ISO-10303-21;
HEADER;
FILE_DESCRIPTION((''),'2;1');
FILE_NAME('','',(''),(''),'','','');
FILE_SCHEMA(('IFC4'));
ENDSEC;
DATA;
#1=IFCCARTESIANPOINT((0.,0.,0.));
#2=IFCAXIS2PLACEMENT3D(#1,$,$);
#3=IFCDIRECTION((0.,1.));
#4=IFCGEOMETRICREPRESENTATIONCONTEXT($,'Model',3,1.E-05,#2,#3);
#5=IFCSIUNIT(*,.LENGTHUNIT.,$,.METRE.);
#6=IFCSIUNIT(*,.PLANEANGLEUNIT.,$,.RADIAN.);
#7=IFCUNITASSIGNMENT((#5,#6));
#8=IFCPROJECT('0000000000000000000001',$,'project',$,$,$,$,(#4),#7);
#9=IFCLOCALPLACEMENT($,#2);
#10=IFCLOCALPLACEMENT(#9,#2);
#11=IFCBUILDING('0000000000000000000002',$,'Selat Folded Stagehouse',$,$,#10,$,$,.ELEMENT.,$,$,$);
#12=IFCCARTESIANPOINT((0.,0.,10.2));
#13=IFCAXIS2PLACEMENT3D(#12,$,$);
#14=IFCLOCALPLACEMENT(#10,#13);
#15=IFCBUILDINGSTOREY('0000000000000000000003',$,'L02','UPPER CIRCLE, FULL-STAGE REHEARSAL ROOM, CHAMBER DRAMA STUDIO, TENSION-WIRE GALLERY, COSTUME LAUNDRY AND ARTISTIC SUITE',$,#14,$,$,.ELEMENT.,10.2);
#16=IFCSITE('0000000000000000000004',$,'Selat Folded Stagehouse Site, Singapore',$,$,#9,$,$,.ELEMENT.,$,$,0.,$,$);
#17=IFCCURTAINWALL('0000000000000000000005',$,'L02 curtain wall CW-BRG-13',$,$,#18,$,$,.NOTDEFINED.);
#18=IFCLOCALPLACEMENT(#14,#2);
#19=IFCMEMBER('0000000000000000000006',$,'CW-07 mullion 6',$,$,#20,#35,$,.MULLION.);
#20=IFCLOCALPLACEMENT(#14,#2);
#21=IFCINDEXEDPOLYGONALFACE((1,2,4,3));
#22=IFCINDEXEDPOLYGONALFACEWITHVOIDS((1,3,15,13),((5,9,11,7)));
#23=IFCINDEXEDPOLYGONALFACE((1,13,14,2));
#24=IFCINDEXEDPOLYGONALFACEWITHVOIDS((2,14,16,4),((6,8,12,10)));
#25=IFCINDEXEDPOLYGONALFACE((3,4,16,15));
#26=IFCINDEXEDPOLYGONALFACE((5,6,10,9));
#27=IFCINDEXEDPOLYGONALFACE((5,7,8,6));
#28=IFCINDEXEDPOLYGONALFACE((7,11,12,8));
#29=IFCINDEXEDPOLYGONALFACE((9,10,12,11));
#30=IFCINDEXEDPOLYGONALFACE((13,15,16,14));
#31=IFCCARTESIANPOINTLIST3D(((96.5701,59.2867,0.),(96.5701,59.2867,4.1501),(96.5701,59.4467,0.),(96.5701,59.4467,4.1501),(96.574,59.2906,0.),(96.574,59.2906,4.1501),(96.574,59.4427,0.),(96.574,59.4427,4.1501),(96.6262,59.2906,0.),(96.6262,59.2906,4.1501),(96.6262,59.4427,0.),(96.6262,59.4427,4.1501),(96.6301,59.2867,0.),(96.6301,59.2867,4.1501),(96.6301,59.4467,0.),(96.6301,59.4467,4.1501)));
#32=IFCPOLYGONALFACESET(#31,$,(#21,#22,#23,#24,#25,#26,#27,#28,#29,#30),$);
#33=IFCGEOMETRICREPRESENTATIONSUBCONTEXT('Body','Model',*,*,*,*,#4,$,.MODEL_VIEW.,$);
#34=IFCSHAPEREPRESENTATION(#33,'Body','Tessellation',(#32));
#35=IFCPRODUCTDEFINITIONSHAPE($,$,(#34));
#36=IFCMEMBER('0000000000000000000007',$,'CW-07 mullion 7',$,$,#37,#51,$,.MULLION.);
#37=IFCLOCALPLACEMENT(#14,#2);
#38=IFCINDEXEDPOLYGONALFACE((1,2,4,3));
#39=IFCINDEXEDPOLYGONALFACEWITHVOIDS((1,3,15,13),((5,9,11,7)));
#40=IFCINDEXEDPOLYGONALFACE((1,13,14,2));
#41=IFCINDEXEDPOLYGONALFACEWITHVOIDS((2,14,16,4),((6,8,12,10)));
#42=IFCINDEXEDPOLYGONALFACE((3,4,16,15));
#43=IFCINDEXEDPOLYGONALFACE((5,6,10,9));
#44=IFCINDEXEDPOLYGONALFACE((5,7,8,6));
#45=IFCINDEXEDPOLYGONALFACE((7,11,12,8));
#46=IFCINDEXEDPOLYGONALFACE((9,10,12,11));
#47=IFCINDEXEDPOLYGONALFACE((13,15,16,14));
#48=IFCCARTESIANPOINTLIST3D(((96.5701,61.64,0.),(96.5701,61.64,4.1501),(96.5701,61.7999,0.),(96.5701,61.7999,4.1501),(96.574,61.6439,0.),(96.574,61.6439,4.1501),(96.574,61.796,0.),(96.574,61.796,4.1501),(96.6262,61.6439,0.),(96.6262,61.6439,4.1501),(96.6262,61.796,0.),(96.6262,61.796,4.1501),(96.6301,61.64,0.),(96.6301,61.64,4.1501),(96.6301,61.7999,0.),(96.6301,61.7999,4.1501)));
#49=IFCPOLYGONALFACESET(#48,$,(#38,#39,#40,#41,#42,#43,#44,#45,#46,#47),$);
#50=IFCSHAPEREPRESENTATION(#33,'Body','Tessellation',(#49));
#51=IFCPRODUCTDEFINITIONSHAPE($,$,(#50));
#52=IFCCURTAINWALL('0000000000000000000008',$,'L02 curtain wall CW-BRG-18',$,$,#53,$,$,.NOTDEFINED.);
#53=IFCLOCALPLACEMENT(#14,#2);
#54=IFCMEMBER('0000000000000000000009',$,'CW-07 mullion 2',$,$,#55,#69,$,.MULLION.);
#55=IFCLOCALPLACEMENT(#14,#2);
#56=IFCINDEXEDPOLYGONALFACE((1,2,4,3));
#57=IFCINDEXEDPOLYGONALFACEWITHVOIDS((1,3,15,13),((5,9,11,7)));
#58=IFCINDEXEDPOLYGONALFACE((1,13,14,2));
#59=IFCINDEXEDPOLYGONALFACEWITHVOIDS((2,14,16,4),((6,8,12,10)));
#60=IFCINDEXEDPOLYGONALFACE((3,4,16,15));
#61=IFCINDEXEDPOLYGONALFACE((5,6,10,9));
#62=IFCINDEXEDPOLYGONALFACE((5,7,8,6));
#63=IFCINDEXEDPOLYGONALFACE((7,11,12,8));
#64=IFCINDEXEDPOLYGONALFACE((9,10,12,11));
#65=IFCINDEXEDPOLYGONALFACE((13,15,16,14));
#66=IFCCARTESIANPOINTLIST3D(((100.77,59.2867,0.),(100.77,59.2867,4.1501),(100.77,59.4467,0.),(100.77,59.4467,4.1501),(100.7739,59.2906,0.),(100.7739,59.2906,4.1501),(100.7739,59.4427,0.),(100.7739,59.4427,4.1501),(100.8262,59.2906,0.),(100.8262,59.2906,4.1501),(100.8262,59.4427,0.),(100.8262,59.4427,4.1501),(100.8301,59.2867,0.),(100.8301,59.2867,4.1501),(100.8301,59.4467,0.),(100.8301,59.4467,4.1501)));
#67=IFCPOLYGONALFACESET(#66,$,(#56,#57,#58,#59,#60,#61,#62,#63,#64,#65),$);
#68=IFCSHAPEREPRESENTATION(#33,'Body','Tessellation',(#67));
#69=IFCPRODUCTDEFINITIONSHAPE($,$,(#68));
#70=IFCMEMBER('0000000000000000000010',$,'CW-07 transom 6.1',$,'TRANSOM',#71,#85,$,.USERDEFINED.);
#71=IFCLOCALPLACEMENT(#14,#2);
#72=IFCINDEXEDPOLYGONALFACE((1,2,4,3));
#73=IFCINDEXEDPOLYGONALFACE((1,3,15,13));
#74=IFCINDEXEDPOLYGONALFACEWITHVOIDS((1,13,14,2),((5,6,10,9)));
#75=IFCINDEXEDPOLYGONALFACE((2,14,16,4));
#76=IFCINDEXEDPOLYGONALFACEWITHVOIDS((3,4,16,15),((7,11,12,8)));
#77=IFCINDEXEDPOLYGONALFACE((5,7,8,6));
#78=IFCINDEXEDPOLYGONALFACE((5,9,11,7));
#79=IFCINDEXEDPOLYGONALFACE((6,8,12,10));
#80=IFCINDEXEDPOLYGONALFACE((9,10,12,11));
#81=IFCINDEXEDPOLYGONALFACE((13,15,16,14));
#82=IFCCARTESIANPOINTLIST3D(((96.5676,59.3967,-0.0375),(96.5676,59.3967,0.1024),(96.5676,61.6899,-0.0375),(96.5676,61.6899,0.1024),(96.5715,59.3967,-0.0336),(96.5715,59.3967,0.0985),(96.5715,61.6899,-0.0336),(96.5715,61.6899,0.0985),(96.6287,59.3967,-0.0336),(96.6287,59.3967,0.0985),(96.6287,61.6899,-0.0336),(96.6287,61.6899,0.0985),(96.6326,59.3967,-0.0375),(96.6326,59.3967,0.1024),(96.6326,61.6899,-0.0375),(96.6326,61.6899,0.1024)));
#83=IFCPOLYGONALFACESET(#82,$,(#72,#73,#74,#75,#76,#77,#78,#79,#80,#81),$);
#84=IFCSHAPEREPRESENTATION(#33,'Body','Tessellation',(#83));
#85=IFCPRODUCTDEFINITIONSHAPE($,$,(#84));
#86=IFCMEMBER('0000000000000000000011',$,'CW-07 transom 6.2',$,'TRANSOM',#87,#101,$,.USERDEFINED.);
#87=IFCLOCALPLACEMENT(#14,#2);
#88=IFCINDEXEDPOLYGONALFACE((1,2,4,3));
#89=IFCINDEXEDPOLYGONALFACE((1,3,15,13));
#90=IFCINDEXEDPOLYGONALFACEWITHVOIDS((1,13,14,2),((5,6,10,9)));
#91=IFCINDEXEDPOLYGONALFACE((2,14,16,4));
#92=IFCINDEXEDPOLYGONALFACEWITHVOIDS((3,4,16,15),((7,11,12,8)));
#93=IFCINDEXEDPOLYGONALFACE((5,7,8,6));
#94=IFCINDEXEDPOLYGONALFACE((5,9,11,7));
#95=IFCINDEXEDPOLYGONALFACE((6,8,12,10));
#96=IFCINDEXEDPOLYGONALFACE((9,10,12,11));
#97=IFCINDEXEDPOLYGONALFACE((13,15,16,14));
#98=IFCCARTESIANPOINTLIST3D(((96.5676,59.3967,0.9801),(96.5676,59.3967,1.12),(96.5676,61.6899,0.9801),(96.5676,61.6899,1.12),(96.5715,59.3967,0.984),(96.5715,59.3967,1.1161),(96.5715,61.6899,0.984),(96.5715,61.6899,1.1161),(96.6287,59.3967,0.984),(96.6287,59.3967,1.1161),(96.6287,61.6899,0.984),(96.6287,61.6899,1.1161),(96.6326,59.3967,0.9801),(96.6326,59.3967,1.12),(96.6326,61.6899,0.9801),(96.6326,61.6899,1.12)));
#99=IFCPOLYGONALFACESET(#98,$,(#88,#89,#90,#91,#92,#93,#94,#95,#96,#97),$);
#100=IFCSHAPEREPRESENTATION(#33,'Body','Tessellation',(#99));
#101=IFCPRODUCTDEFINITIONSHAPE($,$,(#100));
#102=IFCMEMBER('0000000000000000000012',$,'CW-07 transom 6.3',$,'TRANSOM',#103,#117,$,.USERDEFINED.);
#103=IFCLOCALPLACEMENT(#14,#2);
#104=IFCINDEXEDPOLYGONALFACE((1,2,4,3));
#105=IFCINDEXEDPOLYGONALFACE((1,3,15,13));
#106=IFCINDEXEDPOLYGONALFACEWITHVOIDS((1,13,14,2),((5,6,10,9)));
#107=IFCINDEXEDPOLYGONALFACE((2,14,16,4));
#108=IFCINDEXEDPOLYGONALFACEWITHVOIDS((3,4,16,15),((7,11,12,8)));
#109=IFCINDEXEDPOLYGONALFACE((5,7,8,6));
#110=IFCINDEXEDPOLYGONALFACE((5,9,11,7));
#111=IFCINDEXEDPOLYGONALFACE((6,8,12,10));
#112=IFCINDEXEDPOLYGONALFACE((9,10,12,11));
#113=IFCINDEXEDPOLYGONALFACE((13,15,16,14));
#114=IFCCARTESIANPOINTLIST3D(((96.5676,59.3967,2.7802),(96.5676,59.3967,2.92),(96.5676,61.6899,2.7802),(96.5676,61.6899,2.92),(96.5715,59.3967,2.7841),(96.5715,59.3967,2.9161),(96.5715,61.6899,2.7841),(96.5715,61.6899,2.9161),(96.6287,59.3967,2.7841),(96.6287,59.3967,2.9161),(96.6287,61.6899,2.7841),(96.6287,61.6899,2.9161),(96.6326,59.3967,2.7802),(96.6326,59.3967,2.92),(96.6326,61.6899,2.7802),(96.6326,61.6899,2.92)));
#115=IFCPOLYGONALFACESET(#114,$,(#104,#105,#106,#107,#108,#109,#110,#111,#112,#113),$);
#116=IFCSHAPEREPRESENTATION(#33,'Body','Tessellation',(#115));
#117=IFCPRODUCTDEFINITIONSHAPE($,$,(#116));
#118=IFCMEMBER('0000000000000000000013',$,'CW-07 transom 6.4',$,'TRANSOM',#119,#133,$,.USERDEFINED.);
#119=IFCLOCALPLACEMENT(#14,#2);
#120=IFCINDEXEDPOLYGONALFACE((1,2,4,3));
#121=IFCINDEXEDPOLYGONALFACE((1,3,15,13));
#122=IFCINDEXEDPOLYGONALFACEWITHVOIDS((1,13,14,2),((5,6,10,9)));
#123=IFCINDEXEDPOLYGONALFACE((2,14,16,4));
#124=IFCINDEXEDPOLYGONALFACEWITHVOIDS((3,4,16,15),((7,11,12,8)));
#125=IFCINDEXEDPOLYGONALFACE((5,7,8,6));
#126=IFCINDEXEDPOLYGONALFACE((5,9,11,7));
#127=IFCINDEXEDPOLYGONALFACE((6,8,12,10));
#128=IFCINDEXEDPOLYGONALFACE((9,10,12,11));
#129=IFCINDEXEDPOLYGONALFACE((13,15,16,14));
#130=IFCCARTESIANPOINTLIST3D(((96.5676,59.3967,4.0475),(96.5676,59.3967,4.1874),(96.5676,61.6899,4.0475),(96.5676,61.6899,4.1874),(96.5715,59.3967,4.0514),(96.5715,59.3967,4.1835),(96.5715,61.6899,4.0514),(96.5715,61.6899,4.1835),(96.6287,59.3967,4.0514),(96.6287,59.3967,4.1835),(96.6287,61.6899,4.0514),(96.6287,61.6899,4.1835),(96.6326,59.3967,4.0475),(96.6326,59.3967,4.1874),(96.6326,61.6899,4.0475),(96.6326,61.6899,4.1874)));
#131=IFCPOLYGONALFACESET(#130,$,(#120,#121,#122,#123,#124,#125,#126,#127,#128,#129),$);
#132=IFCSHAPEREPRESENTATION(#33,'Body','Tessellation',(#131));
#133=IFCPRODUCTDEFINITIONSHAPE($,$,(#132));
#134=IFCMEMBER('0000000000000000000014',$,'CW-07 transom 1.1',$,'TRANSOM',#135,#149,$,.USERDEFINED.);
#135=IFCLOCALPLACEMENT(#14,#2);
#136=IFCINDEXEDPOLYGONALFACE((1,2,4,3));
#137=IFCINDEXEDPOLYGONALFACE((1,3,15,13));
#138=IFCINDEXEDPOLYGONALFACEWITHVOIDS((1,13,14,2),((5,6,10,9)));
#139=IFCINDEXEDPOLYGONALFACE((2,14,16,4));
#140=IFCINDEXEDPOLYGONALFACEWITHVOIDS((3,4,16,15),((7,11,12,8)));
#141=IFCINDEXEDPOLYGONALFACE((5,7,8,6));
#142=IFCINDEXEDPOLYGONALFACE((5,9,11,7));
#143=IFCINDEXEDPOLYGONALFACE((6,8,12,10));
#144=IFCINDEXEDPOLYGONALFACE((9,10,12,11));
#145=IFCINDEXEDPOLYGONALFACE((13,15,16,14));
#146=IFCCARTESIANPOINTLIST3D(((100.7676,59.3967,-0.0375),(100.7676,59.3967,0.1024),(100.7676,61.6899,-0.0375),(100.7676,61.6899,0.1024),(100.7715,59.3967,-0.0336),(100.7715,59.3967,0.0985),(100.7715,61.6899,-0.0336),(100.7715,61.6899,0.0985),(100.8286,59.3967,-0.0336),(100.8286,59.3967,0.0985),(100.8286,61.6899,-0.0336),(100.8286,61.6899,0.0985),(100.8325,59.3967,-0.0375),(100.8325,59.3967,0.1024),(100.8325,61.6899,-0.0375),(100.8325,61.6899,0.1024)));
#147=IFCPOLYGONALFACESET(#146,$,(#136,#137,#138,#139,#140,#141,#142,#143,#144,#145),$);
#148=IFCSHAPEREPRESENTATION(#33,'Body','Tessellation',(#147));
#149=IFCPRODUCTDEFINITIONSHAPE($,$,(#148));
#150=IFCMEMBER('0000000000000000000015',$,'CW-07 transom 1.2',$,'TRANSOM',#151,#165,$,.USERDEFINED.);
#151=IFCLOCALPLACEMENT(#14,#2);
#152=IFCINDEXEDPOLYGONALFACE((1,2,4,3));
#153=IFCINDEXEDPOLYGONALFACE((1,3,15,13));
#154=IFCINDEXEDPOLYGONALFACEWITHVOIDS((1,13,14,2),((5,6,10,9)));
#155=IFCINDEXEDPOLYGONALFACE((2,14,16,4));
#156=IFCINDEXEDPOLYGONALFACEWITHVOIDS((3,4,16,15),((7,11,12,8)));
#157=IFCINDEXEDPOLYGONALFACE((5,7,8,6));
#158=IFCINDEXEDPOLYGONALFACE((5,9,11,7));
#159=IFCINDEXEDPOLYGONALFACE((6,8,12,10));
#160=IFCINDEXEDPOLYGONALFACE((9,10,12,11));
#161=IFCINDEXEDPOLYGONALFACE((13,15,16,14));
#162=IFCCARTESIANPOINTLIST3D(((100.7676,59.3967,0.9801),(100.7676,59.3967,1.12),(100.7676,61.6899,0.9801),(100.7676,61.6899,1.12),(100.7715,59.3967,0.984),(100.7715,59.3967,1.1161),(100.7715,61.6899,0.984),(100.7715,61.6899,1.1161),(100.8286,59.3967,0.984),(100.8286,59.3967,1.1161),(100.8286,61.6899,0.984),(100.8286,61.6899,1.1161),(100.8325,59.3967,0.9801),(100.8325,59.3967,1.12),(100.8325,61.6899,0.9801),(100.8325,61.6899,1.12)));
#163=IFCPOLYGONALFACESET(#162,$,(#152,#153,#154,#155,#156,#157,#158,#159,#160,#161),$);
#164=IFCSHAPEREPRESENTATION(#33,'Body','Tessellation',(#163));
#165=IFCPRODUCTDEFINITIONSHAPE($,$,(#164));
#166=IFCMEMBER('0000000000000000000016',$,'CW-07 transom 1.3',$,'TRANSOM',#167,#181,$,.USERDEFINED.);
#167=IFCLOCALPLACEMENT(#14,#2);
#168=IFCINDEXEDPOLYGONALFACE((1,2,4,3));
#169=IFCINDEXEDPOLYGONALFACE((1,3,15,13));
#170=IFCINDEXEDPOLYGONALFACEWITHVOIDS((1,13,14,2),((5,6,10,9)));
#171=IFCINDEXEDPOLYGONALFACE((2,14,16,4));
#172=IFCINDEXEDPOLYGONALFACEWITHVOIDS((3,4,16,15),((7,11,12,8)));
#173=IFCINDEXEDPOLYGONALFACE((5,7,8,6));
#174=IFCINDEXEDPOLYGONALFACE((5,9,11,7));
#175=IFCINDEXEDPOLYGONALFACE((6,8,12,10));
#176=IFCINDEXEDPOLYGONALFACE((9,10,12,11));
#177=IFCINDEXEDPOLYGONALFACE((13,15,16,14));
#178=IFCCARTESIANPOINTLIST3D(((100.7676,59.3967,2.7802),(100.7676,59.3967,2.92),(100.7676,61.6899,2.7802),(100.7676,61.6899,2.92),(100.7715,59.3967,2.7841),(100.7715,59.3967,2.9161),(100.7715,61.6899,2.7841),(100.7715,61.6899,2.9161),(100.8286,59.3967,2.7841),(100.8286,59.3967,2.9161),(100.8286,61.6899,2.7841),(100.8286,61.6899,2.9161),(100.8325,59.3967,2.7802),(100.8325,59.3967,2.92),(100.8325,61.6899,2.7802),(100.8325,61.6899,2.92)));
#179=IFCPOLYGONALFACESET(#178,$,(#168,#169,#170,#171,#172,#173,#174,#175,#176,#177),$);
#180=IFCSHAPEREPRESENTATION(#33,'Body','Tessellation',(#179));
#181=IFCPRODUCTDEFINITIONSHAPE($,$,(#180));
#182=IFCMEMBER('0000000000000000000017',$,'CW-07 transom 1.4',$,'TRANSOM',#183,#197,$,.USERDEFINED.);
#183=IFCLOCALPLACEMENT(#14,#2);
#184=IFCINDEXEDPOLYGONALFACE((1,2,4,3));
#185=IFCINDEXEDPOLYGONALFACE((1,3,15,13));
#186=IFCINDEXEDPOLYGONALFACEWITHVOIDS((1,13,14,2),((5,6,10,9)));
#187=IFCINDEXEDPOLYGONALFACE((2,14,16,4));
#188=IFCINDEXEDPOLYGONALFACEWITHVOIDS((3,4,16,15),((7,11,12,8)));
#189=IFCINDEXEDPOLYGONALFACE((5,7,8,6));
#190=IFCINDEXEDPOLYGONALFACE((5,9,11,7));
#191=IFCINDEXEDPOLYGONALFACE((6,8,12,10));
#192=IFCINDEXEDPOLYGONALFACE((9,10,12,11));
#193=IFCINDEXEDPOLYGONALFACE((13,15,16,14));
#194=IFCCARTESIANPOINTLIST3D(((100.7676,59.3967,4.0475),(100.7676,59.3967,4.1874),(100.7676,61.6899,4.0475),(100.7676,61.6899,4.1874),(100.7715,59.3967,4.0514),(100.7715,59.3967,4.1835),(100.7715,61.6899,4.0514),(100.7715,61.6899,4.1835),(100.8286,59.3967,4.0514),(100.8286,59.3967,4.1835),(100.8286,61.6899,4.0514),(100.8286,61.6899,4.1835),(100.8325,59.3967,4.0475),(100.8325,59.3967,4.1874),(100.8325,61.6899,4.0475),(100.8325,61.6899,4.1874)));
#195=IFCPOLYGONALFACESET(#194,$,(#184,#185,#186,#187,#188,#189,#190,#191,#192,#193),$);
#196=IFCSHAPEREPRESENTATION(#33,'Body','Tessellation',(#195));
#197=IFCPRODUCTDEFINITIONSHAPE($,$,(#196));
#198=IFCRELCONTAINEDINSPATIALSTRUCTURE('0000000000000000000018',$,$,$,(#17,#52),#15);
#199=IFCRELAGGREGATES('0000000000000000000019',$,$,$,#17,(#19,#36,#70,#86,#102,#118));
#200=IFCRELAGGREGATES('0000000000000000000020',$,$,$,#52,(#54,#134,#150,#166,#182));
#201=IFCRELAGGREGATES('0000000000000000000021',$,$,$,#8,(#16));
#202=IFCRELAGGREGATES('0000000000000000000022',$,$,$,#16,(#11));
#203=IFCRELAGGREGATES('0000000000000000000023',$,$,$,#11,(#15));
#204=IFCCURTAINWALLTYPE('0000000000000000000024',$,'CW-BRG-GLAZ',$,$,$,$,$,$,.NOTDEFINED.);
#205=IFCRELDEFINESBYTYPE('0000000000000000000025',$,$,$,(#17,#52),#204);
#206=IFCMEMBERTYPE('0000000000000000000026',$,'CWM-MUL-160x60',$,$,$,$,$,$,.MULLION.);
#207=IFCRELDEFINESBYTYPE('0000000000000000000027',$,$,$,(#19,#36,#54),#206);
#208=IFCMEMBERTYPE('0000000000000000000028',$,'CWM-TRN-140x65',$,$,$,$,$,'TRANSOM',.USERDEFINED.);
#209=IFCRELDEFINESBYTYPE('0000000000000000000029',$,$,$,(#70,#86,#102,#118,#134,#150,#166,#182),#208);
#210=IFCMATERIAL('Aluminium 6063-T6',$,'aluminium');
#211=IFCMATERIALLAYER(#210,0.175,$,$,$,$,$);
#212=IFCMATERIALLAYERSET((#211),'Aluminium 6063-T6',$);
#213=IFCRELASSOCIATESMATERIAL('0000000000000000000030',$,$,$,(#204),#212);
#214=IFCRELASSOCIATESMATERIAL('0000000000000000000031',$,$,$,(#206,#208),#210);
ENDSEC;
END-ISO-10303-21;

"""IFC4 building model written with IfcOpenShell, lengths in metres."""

from ifc_helpers import new_model, si_unit, direction, frame, origin, origin_2d, place, context, subcontext, project, spatial, hollow_rectangle, extrude, material, layer, layer_set, material_profile, profile_set, type_object, element, aggregate, save


model = new_model("IFC4")

# Units and contexts
model_context = context("Model", 3, precision=1e-05, world=origin(), true_north=direction((0.0, 1.0)))
body_context = subcontext(model_context, "Body", "Model", "MODEL_VIEW")
ifc_project = project(units=[si_unit("LENGTHUNIT", "METRE"), si_unit("PLANEANGLEUNIT", "RADIAN")], contexts=[model_context])

# Site, building, storey
site_placement = place(None, origin())
site = spatial("IfcSite", under=ifc_project, at=site_placement, Name="Selat Folded Stagehouse Site, Singapore", CompositionType="ELEMENT", RefElevation=0.0)
building_placement = place(site_placement, origin())
building = spatial("IfcBuilding", under=site, at=building_placement, Name="Selat Folded Stagehouse", CompositionType="ELEMENT")
storey_placement = place(building_placement, frame((0.0, 0.0, 10.2)))
storey = spatial("IfcBuildingStorey", under=building, at=storey_placement, Name="L02", Description="UPPER CIRCLE, FULL-STAGE REHEARSAL ROOM, CHAMBER DRAMA STUDIO, TENSION-WIRE GALLERY, COSTUME LAUNDRY AND ARTISTIC SUITE", CompositionType="ELEMENT", Elevation=10.2)

# Curtain wall, members
ifc_material_1 = material(Name="Aluminium 6063-T6", Category="aluminium")
ifc_layer_1 = layer(ifc_material_1, 0.175)
ifc_layer_set_1 = layer_set([ifc_layer_1], Name="Aluminium 6063-T6")
curtain_wall_type = type_object("IfcCurtainWallType", Name="CW-BRG-GLAZ", PredefinedType="NOTDEFINED", material=ifc_layer_set_1)
curtain_wall_1_placement = place(storey_placement, origin())
curtain_wall_1 = element("IfcCurtainWall", 1, at=curtain_wall_1_placement, inside=storey, type_object=curtain_wall_type, Name="L02 curtain wall CW-BRG-13", PredefinedType="NOTDEFINED")
ifc_material_profile_1 = material_profile(ifc_material_1, hollow_rectangle(XDim=0.0601, YDim=0.1599, WallThickness=0.0039, at=origin_2d()), Name="ALU 160x60x4.0")
ifc_profile_set_1 = profile_set([ifc_material_profile_1], Name="Aluminium 6063-T6")
member_type_1 = type_object("IfcMemberType", Name="CWM-MUL-160x60", PredefinedType="MULLION", material=ifc_profile_set_1)
member_1_placement = place(storey_placement, frame((96.6001, 59.3667, 0.0), z_axis=(0.0, 0.0, 1.0), x_axis=(-1.0, 0.0, 0.0)))
member_1 = element("IfcMember", 2, at=member_1_placement, type_object=member_type_1, Name="CW-07 mullion 6", PredefinedType="MULLION", context=body_context, shape_type="SweptSolid", body=[
    extrude(hollow_rectangle(XDim=0.0601, YDim=0.1599, WallThickness=0.0039, at=origin_2d()), origin(), (0.0, 0.0, 1.0), 4.1501),
])
member_2_placement = place(storey_placement, frame((96.6001, 61.72, 0.0), z_axis=(0.0, 0.0, 1.0), x_axis=(-1.0, 0.0, 0.0)))
member_2 = element("IfcMember", 3, at=member_2_placement, type_object=member_type_1, Name="CW-07 mullion 7", PredefinedType="MULLION", context=body_context, shape_type="SweptSolid", body=[
    extrude(hollow_rectangle(XDim=0.0601, YDim=0.1599, WallThickness=0.0039, at=origin_2d()), origin(), (0.0, 0.0, 1.0), 4.1501),
])

# Curtain wall, member
curtain_wall_2_placement = place(storey_placement, origin())
curtain_wall_2 = element("IfcCurtainWall", 4, at=curtain_wall_2_placement, inside=storey, type_object=curtain_wall_type, Name="L02 curtain wall CW-BRG-18", PredefinedType="NOTDEFINED")
member_3_placement = place(storey_placement, frame((100.8, 59.3667, 0.0), z_axis=(0.0, 0.0, 1.0), x_axis=(1.0, 0.0, 0.0)))
member_3 = element("IfcMember", 5, at=member_3_placement, type_object=member_type_1, Name="CW-07 mullion 2", PredefinedType="MULLION", context=body_context, shape_type="SweptSolid", body=[
    extrude(hollow_rectangle(XDim=0.0601, YDim=0.1599, WallThickness=0.0039, at=origin_2d()), origin(), (0.0, 0.0, 1.0), 4.1501),
])

# Members
ifc_material_profile_2 = material_profile(ifc_material_1, hollow_rectangle(XDim=0.0649, YDim=0.1399, WallThickness=0.0039, at=origin_2d()), Name="ALU 140x65x4.0")
ifc_profile_set_2 = profile_set([ifc_material_profile_2], Name="Aluminium 6063-T6")
member_type_2 = type_object("IfcMemberType", Name="CWM-TRN-140x65", ElementType="TRANSOM", PredefinedType="USERDEFINED", material=ifc_profile_set_2)
member_4_placement = place(storey_placement, frame((96.6001, 59.3967, 0.0325), z_axis=(0.0, 1.0, 0.0), x_axis=(-1.0, 0.0, 0.0)))
member_4 = element("IfcMember", 6, at=member_4_placement, type_object=member_type_2, Name="CW-07 transom 6.1", ObjectType="TRANSOM", PredefinedType="USERDEFINED", context=body_context, shape_type="SweptSolid", body=[
    extrude(hollow_rectangle(XDim=0.0649, YDim=0.1399, WallThickness=0.0039, at=origin_2d()), origin(), (0.0, 0.0, 1.0), 2.2932),
])
member_5_placement = place(storey_placement, frame((96.6001, 59.3967, 1.05), z_axis=(0.0, 1.0, 0.0), x_axis=(-1.0, 0.0, 0.0)))
member_5 = element("IfcMember", 7, at=member_5_placement, type_object=member_type_2, Name="CW-07 transom 6.2", ObjectType="TRANSOM", PredefinedType="USERDEFINED", context=body_context, shape_type="SweptSolid", body=[
    extrude(hollow_rectangle(XDim=0.0649, YDim=0.1399, WallThickness=0.0039, at=origin_2d()), origin(), (0.0, 0.0, 1.0), 2.2932),
])
member_6_placement = place(storey_placement, frame((96.6001, 59.3967, 2.8501), z_axis=(0.0, 1.0, 0.0), x_axis=(-1.0, 0.0, 0.0)))
member_6 = element("IfcMember", 8, at=member_6_placement, type_object=member_type_2, Name="CW-07 transom 6.3", ObjectType="TRANSOM", PredefinedType="USERDEFINED", context=body_context, shape_type="SweptSolid", body=[
    extrude(hollow_rectangle(XDim=0.0649, YDim=0.1399, WallThickness=0.0039, at=origin_2d()), origin(), (0.0, 0.0, 1.0), 2.2932),
])
member_7_placement = place(storey_placement, frame((96.6001, 59.3967, 4.1174), z_axis=(0.0, 1.0, 0.0), x_axis=(-1.0, 0.0, 0.0)))
member_7 = element("IfcMember", 9, at=member_7_placement, type_object=member_type_2, Name="CW-07 transom 6.4", ObjectType="TRANSOM", PredefinedType="USERDEFINED", context=body_context, shape_type="SweptSolid", body=[
    extrude(hollow_rectangle(XDim=0.0649, YDim=0.1399, WallThickness=0.0039, at=origin_2d()), origin(), (0.0, 0.0, 1.0), 2.2932),
])
member_8_placement = place(storey_placement, frame((100.8, 61.6899, 0.0325), z_axis=(0.0, -1.0, 0.0), x_axis=(1.0, 0.0, 0.0)))
member_8 = element("IfcMember", 10, at=member_8_placement, type_object=member_type_2, Name="CW-07 transom 1.1", ObjectType="TRANSOM", PredefinedType="USERDEFINED", context=body_context, shape_type="SweptSolid", body=[
    extrude(hollow_rectangle(XDim=0.0649, YDim=0.1399, WallThickness=0.0039, at=origin_2d()), origin(), (0.0, 0.0, 1.0), 2.2932),
])
member_9_placement = place(storey_placement, frame((100.8, 61.6899, 1.05), z_axis=(0.0, -1.0, 0.0), x_axis=(1.0, 0.0, 0.0)))
member_9 = element("IfcMember", 11, at=member_9_placement, type_object=member_type_2, Name="CW-07 transom 1.2", ObjectType="TRANSOM", PredefinedType="USERDEFINED", context=body_context, shape_type="SweptSolid", body=[
    extrude(hollow_rectangle(XDim=0.0649, YDim=0.1399, WallThickness=0.0039, at=origin_2d()), origin(), (0.0, 0.0, 1.0), 2.2932),
])
member_10_placement = place(storey_placement, frame((100.8, 61.6899, 2.8501), z_axis=(0.0, -1.0, 0.0), x_axis=(1.0, 0.0, 0.0)))
member_10 = element("IfcMember", 12, at=member_10_placement, type_object=member_type_2, Name="CW-07 transom 1.3", ObjectType="TRANSOM", PredefinedType="USERDEFINED", context=body_context, shape_type="SweptSolid", body=[
    extrude(hollow_rectangle(XDim=0.0649, YDim=0.1399, WallThickness=0.0039, at=origin_2d()), origin(), (0.0, 0.0, 1.0), 2.2932),
])
member_11_placement = place(storey_placement, frame((100.8, 61.6899, 4.1174), z_axis=(0.0, -1.0, 0.0), x_axis=(1.0, 0.0, 0.0)))
member_11 = element("IfcMember", 13, at=member_11_placement, type_object=member_type_2, Name="CW-07 transom 1.4", ObjectType="TRANSOM", PredefinedType="USERDEFINED", context=body_context, shape_type="SweptSolid", body=[
    extrude(hollow_rectangle(XDim=0.0649, YDim=0.1399, WallThickness=0.0039, at=origin_2d()), origin(), (0.0, 0.0, 1.0), 2.2932),
])

aggregate(curtain_wall_1, [member_1, member_2, member_4, member_5, member_6, member_7])
aggregate(curtain_wall_2, [member_3, member_8, member_9, member_10, member_11])

save(model, "model.ifc")
